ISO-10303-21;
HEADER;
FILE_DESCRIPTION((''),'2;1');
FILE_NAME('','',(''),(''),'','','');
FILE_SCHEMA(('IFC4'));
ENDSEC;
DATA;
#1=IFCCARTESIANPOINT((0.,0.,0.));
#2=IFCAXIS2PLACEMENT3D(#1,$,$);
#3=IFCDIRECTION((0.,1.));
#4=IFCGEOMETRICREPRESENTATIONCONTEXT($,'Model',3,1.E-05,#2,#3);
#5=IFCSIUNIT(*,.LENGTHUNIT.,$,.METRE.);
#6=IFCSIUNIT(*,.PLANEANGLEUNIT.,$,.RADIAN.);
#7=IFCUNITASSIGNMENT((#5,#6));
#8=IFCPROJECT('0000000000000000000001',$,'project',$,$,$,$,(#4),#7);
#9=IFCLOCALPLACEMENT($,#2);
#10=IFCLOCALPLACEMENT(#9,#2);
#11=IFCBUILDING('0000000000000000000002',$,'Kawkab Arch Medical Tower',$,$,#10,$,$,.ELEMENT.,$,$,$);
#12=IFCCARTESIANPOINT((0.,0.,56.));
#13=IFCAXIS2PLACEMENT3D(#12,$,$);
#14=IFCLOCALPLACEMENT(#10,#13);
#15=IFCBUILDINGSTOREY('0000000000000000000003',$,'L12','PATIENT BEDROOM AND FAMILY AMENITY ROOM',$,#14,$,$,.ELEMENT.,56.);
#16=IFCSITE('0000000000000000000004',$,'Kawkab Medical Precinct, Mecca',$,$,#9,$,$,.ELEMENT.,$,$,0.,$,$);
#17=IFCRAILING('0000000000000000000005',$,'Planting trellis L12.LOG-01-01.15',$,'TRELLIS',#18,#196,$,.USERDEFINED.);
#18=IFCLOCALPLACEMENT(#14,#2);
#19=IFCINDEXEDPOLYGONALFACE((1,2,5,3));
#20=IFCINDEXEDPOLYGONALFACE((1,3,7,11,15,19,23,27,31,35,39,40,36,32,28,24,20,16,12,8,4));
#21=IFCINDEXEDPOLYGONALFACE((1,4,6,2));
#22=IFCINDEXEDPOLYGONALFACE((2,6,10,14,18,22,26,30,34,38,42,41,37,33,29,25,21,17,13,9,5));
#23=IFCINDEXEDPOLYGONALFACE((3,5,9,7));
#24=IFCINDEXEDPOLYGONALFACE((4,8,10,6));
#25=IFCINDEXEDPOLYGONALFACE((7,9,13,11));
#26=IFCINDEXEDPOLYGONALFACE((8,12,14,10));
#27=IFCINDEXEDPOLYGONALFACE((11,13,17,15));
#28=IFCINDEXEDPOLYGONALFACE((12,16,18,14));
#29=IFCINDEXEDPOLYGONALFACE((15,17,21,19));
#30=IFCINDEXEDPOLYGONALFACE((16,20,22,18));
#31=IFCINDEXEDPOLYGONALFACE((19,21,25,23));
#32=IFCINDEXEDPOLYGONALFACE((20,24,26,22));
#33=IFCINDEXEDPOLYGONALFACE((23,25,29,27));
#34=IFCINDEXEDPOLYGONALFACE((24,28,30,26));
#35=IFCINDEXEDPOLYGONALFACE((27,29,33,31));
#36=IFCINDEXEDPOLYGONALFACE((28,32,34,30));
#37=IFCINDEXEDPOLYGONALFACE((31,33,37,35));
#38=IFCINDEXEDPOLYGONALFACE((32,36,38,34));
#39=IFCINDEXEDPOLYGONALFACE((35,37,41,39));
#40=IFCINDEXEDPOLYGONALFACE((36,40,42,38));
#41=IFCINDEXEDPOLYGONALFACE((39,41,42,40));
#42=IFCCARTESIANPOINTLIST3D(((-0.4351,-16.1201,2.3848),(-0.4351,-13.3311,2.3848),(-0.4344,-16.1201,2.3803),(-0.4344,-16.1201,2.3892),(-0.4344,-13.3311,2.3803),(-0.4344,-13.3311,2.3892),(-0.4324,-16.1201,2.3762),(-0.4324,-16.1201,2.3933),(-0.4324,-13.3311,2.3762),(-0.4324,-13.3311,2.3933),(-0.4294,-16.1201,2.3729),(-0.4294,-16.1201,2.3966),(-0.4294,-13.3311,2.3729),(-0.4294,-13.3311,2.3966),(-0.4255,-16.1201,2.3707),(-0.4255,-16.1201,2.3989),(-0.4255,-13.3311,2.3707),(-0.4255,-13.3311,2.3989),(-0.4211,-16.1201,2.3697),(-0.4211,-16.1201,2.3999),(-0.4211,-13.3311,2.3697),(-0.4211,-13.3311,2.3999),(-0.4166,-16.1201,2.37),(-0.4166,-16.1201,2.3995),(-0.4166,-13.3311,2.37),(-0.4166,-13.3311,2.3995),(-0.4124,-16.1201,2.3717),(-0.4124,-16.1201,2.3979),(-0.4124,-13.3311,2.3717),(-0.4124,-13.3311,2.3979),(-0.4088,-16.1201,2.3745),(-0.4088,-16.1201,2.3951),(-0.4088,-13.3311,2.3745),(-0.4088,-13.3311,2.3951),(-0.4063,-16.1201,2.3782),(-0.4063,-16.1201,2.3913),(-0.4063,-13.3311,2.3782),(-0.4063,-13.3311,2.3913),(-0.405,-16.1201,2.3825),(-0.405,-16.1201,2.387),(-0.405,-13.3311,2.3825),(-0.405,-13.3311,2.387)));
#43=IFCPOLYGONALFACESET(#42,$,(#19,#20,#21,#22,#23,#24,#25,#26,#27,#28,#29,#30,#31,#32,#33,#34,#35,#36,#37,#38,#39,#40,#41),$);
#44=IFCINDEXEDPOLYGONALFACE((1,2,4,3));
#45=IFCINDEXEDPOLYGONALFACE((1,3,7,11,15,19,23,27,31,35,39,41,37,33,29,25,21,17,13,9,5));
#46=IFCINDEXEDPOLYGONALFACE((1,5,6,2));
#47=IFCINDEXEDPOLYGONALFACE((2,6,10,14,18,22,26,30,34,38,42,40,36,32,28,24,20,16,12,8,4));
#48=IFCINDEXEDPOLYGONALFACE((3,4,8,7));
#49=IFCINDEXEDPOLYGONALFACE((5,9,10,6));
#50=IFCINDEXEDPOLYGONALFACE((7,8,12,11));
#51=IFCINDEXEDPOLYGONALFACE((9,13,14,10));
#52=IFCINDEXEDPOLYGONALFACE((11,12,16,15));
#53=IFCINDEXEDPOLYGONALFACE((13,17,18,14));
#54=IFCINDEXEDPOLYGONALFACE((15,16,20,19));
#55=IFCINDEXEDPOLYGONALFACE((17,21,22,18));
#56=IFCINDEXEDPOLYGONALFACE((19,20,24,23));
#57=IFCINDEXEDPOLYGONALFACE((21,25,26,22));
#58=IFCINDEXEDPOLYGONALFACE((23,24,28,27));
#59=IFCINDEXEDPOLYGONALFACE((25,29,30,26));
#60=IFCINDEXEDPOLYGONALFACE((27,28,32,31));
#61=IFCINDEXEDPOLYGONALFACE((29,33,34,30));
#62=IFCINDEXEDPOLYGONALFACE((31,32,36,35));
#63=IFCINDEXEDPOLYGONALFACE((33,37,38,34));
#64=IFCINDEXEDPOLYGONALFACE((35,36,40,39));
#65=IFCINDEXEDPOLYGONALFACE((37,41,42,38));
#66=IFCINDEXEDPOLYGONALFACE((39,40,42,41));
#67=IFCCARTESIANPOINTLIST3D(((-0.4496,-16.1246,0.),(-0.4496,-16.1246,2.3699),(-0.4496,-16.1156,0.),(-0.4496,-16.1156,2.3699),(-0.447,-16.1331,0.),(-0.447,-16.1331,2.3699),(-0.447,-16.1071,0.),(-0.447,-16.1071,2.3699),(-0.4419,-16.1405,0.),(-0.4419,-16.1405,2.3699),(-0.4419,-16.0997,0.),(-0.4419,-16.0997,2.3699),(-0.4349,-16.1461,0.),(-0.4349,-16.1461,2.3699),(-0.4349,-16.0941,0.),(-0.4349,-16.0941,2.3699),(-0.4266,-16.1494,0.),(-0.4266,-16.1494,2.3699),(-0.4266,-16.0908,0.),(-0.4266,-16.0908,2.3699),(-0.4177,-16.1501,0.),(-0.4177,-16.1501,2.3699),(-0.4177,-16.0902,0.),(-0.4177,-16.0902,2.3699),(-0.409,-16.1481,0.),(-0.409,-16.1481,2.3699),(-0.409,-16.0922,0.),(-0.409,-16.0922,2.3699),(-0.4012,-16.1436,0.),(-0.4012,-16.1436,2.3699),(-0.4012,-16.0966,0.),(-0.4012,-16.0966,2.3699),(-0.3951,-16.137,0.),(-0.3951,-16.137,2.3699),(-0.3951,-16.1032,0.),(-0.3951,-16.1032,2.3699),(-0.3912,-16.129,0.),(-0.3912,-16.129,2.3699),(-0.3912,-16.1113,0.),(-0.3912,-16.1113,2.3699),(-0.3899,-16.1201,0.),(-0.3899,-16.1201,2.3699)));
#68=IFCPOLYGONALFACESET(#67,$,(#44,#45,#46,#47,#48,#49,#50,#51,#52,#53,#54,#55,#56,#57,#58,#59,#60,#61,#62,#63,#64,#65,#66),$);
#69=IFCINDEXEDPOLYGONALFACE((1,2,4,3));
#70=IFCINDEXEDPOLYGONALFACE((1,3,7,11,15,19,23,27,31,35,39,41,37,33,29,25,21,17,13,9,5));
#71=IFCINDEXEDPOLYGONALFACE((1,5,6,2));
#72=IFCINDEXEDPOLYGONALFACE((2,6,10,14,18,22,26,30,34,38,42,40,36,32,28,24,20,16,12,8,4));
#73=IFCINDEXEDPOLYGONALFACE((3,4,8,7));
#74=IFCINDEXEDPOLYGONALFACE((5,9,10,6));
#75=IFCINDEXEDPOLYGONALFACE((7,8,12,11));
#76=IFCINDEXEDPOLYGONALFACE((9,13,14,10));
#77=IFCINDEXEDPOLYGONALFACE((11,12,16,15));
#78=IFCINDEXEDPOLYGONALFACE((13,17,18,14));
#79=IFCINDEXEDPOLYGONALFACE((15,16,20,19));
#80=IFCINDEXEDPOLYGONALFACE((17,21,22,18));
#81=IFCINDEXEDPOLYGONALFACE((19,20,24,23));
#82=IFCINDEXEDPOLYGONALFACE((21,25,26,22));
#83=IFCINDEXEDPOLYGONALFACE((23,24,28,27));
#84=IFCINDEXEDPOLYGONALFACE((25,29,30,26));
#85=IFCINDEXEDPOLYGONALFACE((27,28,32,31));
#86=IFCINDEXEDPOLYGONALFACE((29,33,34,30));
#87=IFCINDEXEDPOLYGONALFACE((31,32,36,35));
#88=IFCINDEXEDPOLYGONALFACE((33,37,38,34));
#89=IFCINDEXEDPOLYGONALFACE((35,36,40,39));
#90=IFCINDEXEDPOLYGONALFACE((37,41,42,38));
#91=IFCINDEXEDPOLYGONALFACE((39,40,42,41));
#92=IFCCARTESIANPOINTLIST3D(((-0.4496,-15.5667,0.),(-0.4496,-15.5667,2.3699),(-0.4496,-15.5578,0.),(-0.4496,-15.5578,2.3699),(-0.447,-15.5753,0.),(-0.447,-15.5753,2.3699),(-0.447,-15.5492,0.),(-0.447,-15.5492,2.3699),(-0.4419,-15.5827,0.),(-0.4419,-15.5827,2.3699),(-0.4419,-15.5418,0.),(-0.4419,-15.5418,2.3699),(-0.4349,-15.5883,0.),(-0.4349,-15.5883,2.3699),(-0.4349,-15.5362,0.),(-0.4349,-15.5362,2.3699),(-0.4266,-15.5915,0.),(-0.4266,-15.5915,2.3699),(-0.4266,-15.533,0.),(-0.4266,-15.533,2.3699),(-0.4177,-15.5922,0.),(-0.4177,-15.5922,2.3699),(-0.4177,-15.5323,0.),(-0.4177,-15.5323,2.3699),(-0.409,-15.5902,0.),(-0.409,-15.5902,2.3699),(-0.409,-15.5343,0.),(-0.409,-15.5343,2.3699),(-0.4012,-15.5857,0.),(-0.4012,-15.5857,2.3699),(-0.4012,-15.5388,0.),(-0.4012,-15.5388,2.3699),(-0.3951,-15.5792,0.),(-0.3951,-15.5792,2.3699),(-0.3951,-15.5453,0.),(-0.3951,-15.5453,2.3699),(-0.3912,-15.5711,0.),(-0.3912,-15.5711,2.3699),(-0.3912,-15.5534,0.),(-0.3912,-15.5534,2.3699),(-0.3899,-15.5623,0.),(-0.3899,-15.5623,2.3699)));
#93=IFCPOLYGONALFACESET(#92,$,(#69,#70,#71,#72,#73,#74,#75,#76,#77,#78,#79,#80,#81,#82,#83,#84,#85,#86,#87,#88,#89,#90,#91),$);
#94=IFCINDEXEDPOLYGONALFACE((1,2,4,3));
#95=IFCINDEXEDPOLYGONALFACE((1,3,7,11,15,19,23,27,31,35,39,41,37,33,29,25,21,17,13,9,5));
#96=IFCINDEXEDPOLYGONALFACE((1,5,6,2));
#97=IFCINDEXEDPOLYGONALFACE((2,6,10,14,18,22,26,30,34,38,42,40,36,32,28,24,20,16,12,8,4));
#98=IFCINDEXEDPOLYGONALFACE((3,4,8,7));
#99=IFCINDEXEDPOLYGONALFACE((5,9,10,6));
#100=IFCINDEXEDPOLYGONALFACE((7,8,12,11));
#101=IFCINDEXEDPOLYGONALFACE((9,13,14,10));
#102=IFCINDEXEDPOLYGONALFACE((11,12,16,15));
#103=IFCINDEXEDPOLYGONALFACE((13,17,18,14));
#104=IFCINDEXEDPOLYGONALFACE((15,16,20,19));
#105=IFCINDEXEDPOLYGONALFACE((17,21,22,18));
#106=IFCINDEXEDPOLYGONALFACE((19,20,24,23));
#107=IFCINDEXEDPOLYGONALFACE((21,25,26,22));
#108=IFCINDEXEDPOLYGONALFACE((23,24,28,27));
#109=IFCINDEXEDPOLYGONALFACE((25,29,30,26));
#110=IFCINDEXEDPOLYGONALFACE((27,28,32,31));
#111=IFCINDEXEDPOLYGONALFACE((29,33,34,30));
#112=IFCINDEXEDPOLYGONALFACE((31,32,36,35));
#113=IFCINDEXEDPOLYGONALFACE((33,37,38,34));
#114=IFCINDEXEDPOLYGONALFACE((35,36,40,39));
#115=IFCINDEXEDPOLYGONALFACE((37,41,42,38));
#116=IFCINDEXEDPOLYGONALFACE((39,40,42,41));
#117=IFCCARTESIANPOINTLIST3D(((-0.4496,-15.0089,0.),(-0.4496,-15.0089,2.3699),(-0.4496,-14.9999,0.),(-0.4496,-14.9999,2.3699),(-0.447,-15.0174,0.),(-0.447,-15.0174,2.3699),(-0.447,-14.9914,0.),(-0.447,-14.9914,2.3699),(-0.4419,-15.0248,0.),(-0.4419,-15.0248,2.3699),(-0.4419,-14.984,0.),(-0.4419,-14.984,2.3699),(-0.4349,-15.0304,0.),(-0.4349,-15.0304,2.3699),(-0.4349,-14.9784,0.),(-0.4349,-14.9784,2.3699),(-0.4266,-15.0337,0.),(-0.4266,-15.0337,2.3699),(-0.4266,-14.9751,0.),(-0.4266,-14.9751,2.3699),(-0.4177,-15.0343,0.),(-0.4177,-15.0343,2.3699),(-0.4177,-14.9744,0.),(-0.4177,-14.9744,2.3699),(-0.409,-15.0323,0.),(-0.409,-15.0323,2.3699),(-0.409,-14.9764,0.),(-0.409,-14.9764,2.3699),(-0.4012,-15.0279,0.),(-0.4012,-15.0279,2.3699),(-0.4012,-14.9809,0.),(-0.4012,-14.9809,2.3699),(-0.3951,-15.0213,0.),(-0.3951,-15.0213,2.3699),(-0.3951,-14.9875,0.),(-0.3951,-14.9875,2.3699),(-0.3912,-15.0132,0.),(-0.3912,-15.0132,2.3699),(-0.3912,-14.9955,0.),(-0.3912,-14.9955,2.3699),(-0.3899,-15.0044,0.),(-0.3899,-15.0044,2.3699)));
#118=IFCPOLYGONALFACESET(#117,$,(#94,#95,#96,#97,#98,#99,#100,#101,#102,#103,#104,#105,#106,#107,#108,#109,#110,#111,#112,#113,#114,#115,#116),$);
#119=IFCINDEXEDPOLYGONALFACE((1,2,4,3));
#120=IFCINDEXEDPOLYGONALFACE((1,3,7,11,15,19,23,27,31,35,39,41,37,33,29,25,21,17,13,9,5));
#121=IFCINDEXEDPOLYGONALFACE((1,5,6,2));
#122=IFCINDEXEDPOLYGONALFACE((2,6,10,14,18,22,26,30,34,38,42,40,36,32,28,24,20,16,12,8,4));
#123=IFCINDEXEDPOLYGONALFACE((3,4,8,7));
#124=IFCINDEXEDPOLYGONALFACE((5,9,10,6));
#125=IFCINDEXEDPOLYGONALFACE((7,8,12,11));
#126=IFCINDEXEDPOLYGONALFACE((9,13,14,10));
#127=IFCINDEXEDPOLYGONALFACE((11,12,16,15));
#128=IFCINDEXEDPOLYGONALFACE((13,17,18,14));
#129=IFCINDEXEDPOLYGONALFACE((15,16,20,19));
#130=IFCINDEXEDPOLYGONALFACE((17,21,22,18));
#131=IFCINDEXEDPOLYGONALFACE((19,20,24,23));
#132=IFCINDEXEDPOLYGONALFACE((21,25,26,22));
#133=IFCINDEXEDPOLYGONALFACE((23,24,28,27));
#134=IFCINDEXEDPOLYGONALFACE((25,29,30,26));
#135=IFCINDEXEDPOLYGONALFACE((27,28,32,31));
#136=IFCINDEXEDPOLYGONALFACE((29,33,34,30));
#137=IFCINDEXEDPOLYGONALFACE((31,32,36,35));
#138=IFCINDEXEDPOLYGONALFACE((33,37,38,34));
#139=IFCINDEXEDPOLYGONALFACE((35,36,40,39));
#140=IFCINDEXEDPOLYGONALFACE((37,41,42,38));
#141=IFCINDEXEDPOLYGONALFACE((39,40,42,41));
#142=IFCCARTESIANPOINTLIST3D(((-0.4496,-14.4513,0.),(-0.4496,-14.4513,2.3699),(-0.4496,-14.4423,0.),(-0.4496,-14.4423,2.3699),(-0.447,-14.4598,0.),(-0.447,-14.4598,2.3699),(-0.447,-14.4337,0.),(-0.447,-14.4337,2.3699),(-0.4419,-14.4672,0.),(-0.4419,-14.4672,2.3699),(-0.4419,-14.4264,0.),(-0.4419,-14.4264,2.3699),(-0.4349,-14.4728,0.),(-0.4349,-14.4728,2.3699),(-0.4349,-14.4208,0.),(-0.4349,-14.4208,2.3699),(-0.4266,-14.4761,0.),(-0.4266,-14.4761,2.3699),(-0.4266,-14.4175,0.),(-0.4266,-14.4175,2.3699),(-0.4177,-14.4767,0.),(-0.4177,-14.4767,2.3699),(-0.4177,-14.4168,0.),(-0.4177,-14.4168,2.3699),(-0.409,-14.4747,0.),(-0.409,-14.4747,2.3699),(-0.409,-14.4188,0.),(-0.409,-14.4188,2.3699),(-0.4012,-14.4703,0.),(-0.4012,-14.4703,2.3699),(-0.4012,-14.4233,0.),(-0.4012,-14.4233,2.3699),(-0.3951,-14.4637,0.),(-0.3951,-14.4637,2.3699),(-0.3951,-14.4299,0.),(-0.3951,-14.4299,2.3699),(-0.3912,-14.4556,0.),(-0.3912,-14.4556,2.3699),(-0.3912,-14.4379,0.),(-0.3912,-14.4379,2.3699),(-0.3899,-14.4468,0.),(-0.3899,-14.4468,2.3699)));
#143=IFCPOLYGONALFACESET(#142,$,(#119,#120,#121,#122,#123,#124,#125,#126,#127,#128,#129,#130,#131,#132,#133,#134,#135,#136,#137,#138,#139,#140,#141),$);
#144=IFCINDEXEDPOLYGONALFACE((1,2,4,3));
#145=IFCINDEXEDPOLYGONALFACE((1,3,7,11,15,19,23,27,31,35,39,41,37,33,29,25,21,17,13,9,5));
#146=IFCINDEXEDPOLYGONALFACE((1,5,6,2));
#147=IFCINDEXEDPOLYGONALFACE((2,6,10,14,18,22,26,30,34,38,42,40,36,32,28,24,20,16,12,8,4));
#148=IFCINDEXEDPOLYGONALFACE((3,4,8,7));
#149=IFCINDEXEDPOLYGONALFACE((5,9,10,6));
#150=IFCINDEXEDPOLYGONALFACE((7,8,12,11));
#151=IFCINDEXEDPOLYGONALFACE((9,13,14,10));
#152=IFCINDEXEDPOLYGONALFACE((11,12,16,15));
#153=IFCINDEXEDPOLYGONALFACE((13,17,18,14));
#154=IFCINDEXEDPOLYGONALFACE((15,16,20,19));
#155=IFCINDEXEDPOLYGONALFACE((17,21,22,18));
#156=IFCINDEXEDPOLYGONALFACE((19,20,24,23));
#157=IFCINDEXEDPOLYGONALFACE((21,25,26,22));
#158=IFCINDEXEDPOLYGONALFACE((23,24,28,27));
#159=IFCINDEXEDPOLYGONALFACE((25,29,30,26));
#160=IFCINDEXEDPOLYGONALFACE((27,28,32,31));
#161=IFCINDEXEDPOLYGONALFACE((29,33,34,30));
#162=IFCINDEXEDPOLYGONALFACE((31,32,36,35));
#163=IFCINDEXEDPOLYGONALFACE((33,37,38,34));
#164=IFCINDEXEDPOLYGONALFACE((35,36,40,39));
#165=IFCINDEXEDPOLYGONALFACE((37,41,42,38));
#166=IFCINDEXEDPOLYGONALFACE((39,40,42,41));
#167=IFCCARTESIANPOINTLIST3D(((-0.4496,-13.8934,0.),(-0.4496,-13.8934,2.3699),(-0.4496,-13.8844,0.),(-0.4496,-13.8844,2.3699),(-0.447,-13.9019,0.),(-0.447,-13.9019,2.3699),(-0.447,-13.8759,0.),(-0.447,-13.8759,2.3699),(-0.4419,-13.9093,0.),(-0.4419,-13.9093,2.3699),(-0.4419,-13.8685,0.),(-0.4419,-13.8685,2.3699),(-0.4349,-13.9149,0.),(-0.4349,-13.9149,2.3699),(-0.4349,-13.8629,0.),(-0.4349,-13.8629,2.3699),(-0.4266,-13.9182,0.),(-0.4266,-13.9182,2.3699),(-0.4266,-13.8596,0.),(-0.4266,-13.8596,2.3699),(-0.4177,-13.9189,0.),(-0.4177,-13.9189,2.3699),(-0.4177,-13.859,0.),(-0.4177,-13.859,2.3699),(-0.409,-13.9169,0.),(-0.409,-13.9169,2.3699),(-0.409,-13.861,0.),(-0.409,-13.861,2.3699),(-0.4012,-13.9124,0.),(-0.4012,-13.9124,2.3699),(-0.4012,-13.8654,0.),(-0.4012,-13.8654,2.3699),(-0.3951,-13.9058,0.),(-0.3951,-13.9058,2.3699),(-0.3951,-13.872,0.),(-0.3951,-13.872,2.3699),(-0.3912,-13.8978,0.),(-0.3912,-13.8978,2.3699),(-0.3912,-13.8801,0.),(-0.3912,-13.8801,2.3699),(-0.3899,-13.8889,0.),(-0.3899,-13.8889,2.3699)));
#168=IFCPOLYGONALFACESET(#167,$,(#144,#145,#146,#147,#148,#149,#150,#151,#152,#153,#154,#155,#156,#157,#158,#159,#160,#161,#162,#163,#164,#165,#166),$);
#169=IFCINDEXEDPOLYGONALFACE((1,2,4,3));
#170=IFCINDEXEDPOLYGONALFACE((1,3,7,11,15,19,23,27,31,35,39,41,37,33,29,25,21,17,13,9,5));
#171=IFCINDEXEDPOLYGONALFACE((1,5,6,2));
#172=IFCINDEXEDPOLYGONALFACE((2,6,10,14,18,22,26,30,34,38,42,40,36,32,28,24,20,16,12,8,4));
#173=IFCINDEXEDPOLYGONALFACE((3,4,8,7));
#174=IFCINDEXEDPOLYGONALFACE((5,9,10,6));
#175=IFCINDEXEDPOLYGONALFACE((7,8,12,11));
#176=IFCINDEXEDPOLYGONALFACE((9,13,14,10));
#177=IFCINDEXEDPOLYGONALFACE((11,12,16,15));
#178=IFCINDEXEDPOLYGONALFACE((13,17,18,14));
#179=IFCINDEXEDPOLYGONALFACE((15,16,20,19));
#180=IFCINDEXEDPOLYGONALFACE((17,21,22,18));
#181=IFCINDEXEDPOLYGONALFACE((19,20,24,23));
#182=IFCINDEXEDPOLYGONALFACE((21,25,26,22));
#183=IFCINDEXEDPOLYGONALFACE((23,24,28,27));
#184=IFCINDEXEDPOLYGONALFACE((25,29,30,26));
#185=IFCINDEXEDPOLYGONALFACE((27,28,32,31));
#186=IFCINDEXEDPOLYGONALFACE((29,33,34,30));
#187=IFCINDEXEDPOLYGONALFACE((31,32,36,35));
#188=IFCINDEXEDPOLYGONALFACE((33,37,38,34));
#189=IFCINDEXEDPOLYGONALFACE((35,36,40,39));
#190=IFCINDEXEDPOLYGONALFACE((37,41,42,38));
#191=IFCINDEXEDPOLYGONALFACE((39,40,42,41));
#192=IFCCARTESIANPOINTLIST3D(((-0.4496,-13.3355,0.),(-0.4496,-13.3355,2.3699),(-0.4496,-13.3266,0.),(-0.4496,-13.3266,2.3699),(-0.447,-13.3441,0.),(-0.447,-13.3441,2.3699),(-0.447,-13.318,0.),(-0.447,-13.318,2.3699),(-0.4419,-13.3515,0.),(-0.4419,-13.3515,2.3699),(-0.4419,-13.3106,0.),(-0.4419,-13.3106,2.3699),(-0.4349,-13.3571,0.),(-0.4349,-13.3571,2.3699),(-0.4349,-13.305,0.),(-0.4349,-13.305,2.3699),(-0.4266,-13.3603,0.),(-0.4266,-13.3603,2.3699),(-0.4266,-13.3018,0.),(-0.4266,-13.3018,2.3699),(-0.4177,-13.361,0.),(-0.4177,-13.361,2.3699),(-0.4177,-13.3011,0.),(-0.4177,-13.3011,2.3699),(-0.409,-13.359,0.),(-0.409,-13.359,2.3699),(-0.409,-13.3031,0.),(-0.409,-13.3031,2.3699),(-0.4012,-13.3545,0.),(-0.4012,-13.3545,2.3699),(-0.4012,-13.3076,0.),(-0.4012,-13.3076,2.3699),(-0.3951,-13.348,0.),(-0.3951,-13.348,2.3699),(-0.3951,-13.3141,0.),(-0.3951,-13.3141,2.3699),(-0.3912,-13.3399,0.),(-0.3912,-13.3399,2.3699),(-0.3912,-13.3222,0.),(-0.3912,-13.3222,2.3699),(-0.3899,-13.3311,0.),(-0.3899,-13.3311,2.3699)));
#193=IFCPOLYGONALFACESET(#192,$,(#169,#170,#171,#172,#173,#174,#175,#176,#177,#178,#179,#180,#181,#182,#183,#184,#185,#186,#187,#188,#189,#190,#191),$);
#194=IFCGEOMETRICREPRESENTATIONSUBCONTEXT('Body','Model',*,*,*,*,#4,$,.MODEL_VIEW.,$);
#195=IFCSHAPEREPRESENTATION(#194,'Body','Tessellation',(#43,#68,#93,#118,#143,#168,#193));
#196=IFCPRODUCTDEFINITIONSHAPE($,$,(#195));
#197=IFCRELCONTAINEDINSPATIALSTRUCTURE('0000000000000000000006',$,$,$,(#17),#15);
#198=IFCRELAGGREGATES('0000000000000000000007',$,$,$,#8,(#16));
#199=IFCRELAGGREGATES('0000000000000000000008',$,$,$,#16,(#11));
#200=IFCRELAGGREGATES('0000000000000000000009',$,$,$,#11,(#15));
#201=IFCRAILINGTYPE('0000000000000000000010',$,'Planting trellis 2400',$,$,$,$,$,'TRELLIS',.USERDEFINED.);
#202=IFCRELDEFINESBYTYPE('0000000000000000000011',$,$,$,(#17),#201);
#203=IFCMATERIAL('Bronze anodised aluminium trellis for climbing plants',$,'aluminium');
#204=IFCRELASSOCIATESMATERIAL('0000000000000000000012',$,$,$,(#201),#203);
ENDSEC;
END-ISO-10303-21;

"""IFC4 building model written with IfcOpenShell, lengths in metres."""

from ifc_helpers import new_model, si_unit, direction, frame, origin, origin_2d, place, context, subcontext, project, spatial, circle, extrude, material, type_object, element, save


model = new_model("IFC4")

# Units and contexts
model_context = context("Model", 3, precision=1e-05, world=origin(), true_north=direction((0.0, 1.0)))
body_context = subcontext(model_context, "Body", "Model", "MODEL_VIEW")
ifc_project = project(units=[si_unit("LENGTHUNIT", "METRE"), si_unit("PLANEANGLEUNIT", "RADIAN")], contexts=[model_context])

# Site, building, storey
site_placement = place(None, origin())
site = spatial("IfcSite", under=ifc_project, at=site_placement, Name="Kawkab Medical Precinct, Mecca", CompositionType="ELEMENT", RefElevation=0.0)
building_placement = place(site_placement, origin())
building = spatial("IfcBuilding", under=site, at=building_placement, Name="Kawkab Arch Medical Tower", CompositionType="ELEMENT")
storey_placement = place(building_placement, frame((0.0, 0.0, 56.0)))
storey = spatial("IfcBuildingStorey", under=building, at=storey_placement, Name="L12", Description="PATIENT BEDROOM AND FAMILY AMENITY ROOM", CompositionType="ELEMENT", Elevation=56.0)

# Railing
ifc_material_1 = material(Name="Bronze anodised aluminium trellis for climbing plants", Category="aluminium")
railing_type_1 = type_object("IfcRailingType", Name="Planting trellis 2400", ElementType="TRELLIS", PredefinedType="USERDEFINED", material=ifc_material_1)
railing_1_placement = place(storey_placement, frame((-0.4199, -16.1201, 0.0)))
element("IfcRailing", 1, at=railing_1_placement, inside=storey, type_object=railing_type_1, Name="Planting trellis L12.LOG-01-01.15", ObjectType="TRELLIS", PredefinedType="USERDEFINED", context=body_context, shape_type="SweptSolid", body=[
    extrude(circle(Radius=0.0151, at=origin_2d()), frame((0.0, 0.0, 2.3848), z_axis=(0.0, 1.0, 0.0), x_axis=(-1.0, 0.0, 0.0)), (0.0, 0.0, 1.0), 2.7891),
    extrude(circle(Radius=0.03, at=origin_2d()), origin(), (0.0, 0.0, 1.0), 2.3699),
    extrude(circle(Radius=0.03, at=origin_2d()), frame((0.0, 0.5579, 0.0)), (0.0, 0.0, 1.0), 2.3699),
    extrude(circle(Radius=0.03, at=origin_2d()), frame((0.0, 1.1157, 0.0)), (0.0, 0.0, 1.0), 2.3699),
    extrude(circle(Radius=0.03, at=origin_2d()), frame((0.0, 1.6733, 0.0)), (0.0, 0.0, 1.0), 2.3699),
    extrude(circle(Radius=0.03, at=origin_2d()), frame((0.0, 2.2312, 0.0)), (0.0, 0.0, 1.0), 2.3699),
    extrude(circle(Radius=0.03, at=origin_2d()), frame((0.0, 2.7891, 0.0)), (0.0, 0.0, 1.0), 2.3699),
])

save(model, "model.ifc")
